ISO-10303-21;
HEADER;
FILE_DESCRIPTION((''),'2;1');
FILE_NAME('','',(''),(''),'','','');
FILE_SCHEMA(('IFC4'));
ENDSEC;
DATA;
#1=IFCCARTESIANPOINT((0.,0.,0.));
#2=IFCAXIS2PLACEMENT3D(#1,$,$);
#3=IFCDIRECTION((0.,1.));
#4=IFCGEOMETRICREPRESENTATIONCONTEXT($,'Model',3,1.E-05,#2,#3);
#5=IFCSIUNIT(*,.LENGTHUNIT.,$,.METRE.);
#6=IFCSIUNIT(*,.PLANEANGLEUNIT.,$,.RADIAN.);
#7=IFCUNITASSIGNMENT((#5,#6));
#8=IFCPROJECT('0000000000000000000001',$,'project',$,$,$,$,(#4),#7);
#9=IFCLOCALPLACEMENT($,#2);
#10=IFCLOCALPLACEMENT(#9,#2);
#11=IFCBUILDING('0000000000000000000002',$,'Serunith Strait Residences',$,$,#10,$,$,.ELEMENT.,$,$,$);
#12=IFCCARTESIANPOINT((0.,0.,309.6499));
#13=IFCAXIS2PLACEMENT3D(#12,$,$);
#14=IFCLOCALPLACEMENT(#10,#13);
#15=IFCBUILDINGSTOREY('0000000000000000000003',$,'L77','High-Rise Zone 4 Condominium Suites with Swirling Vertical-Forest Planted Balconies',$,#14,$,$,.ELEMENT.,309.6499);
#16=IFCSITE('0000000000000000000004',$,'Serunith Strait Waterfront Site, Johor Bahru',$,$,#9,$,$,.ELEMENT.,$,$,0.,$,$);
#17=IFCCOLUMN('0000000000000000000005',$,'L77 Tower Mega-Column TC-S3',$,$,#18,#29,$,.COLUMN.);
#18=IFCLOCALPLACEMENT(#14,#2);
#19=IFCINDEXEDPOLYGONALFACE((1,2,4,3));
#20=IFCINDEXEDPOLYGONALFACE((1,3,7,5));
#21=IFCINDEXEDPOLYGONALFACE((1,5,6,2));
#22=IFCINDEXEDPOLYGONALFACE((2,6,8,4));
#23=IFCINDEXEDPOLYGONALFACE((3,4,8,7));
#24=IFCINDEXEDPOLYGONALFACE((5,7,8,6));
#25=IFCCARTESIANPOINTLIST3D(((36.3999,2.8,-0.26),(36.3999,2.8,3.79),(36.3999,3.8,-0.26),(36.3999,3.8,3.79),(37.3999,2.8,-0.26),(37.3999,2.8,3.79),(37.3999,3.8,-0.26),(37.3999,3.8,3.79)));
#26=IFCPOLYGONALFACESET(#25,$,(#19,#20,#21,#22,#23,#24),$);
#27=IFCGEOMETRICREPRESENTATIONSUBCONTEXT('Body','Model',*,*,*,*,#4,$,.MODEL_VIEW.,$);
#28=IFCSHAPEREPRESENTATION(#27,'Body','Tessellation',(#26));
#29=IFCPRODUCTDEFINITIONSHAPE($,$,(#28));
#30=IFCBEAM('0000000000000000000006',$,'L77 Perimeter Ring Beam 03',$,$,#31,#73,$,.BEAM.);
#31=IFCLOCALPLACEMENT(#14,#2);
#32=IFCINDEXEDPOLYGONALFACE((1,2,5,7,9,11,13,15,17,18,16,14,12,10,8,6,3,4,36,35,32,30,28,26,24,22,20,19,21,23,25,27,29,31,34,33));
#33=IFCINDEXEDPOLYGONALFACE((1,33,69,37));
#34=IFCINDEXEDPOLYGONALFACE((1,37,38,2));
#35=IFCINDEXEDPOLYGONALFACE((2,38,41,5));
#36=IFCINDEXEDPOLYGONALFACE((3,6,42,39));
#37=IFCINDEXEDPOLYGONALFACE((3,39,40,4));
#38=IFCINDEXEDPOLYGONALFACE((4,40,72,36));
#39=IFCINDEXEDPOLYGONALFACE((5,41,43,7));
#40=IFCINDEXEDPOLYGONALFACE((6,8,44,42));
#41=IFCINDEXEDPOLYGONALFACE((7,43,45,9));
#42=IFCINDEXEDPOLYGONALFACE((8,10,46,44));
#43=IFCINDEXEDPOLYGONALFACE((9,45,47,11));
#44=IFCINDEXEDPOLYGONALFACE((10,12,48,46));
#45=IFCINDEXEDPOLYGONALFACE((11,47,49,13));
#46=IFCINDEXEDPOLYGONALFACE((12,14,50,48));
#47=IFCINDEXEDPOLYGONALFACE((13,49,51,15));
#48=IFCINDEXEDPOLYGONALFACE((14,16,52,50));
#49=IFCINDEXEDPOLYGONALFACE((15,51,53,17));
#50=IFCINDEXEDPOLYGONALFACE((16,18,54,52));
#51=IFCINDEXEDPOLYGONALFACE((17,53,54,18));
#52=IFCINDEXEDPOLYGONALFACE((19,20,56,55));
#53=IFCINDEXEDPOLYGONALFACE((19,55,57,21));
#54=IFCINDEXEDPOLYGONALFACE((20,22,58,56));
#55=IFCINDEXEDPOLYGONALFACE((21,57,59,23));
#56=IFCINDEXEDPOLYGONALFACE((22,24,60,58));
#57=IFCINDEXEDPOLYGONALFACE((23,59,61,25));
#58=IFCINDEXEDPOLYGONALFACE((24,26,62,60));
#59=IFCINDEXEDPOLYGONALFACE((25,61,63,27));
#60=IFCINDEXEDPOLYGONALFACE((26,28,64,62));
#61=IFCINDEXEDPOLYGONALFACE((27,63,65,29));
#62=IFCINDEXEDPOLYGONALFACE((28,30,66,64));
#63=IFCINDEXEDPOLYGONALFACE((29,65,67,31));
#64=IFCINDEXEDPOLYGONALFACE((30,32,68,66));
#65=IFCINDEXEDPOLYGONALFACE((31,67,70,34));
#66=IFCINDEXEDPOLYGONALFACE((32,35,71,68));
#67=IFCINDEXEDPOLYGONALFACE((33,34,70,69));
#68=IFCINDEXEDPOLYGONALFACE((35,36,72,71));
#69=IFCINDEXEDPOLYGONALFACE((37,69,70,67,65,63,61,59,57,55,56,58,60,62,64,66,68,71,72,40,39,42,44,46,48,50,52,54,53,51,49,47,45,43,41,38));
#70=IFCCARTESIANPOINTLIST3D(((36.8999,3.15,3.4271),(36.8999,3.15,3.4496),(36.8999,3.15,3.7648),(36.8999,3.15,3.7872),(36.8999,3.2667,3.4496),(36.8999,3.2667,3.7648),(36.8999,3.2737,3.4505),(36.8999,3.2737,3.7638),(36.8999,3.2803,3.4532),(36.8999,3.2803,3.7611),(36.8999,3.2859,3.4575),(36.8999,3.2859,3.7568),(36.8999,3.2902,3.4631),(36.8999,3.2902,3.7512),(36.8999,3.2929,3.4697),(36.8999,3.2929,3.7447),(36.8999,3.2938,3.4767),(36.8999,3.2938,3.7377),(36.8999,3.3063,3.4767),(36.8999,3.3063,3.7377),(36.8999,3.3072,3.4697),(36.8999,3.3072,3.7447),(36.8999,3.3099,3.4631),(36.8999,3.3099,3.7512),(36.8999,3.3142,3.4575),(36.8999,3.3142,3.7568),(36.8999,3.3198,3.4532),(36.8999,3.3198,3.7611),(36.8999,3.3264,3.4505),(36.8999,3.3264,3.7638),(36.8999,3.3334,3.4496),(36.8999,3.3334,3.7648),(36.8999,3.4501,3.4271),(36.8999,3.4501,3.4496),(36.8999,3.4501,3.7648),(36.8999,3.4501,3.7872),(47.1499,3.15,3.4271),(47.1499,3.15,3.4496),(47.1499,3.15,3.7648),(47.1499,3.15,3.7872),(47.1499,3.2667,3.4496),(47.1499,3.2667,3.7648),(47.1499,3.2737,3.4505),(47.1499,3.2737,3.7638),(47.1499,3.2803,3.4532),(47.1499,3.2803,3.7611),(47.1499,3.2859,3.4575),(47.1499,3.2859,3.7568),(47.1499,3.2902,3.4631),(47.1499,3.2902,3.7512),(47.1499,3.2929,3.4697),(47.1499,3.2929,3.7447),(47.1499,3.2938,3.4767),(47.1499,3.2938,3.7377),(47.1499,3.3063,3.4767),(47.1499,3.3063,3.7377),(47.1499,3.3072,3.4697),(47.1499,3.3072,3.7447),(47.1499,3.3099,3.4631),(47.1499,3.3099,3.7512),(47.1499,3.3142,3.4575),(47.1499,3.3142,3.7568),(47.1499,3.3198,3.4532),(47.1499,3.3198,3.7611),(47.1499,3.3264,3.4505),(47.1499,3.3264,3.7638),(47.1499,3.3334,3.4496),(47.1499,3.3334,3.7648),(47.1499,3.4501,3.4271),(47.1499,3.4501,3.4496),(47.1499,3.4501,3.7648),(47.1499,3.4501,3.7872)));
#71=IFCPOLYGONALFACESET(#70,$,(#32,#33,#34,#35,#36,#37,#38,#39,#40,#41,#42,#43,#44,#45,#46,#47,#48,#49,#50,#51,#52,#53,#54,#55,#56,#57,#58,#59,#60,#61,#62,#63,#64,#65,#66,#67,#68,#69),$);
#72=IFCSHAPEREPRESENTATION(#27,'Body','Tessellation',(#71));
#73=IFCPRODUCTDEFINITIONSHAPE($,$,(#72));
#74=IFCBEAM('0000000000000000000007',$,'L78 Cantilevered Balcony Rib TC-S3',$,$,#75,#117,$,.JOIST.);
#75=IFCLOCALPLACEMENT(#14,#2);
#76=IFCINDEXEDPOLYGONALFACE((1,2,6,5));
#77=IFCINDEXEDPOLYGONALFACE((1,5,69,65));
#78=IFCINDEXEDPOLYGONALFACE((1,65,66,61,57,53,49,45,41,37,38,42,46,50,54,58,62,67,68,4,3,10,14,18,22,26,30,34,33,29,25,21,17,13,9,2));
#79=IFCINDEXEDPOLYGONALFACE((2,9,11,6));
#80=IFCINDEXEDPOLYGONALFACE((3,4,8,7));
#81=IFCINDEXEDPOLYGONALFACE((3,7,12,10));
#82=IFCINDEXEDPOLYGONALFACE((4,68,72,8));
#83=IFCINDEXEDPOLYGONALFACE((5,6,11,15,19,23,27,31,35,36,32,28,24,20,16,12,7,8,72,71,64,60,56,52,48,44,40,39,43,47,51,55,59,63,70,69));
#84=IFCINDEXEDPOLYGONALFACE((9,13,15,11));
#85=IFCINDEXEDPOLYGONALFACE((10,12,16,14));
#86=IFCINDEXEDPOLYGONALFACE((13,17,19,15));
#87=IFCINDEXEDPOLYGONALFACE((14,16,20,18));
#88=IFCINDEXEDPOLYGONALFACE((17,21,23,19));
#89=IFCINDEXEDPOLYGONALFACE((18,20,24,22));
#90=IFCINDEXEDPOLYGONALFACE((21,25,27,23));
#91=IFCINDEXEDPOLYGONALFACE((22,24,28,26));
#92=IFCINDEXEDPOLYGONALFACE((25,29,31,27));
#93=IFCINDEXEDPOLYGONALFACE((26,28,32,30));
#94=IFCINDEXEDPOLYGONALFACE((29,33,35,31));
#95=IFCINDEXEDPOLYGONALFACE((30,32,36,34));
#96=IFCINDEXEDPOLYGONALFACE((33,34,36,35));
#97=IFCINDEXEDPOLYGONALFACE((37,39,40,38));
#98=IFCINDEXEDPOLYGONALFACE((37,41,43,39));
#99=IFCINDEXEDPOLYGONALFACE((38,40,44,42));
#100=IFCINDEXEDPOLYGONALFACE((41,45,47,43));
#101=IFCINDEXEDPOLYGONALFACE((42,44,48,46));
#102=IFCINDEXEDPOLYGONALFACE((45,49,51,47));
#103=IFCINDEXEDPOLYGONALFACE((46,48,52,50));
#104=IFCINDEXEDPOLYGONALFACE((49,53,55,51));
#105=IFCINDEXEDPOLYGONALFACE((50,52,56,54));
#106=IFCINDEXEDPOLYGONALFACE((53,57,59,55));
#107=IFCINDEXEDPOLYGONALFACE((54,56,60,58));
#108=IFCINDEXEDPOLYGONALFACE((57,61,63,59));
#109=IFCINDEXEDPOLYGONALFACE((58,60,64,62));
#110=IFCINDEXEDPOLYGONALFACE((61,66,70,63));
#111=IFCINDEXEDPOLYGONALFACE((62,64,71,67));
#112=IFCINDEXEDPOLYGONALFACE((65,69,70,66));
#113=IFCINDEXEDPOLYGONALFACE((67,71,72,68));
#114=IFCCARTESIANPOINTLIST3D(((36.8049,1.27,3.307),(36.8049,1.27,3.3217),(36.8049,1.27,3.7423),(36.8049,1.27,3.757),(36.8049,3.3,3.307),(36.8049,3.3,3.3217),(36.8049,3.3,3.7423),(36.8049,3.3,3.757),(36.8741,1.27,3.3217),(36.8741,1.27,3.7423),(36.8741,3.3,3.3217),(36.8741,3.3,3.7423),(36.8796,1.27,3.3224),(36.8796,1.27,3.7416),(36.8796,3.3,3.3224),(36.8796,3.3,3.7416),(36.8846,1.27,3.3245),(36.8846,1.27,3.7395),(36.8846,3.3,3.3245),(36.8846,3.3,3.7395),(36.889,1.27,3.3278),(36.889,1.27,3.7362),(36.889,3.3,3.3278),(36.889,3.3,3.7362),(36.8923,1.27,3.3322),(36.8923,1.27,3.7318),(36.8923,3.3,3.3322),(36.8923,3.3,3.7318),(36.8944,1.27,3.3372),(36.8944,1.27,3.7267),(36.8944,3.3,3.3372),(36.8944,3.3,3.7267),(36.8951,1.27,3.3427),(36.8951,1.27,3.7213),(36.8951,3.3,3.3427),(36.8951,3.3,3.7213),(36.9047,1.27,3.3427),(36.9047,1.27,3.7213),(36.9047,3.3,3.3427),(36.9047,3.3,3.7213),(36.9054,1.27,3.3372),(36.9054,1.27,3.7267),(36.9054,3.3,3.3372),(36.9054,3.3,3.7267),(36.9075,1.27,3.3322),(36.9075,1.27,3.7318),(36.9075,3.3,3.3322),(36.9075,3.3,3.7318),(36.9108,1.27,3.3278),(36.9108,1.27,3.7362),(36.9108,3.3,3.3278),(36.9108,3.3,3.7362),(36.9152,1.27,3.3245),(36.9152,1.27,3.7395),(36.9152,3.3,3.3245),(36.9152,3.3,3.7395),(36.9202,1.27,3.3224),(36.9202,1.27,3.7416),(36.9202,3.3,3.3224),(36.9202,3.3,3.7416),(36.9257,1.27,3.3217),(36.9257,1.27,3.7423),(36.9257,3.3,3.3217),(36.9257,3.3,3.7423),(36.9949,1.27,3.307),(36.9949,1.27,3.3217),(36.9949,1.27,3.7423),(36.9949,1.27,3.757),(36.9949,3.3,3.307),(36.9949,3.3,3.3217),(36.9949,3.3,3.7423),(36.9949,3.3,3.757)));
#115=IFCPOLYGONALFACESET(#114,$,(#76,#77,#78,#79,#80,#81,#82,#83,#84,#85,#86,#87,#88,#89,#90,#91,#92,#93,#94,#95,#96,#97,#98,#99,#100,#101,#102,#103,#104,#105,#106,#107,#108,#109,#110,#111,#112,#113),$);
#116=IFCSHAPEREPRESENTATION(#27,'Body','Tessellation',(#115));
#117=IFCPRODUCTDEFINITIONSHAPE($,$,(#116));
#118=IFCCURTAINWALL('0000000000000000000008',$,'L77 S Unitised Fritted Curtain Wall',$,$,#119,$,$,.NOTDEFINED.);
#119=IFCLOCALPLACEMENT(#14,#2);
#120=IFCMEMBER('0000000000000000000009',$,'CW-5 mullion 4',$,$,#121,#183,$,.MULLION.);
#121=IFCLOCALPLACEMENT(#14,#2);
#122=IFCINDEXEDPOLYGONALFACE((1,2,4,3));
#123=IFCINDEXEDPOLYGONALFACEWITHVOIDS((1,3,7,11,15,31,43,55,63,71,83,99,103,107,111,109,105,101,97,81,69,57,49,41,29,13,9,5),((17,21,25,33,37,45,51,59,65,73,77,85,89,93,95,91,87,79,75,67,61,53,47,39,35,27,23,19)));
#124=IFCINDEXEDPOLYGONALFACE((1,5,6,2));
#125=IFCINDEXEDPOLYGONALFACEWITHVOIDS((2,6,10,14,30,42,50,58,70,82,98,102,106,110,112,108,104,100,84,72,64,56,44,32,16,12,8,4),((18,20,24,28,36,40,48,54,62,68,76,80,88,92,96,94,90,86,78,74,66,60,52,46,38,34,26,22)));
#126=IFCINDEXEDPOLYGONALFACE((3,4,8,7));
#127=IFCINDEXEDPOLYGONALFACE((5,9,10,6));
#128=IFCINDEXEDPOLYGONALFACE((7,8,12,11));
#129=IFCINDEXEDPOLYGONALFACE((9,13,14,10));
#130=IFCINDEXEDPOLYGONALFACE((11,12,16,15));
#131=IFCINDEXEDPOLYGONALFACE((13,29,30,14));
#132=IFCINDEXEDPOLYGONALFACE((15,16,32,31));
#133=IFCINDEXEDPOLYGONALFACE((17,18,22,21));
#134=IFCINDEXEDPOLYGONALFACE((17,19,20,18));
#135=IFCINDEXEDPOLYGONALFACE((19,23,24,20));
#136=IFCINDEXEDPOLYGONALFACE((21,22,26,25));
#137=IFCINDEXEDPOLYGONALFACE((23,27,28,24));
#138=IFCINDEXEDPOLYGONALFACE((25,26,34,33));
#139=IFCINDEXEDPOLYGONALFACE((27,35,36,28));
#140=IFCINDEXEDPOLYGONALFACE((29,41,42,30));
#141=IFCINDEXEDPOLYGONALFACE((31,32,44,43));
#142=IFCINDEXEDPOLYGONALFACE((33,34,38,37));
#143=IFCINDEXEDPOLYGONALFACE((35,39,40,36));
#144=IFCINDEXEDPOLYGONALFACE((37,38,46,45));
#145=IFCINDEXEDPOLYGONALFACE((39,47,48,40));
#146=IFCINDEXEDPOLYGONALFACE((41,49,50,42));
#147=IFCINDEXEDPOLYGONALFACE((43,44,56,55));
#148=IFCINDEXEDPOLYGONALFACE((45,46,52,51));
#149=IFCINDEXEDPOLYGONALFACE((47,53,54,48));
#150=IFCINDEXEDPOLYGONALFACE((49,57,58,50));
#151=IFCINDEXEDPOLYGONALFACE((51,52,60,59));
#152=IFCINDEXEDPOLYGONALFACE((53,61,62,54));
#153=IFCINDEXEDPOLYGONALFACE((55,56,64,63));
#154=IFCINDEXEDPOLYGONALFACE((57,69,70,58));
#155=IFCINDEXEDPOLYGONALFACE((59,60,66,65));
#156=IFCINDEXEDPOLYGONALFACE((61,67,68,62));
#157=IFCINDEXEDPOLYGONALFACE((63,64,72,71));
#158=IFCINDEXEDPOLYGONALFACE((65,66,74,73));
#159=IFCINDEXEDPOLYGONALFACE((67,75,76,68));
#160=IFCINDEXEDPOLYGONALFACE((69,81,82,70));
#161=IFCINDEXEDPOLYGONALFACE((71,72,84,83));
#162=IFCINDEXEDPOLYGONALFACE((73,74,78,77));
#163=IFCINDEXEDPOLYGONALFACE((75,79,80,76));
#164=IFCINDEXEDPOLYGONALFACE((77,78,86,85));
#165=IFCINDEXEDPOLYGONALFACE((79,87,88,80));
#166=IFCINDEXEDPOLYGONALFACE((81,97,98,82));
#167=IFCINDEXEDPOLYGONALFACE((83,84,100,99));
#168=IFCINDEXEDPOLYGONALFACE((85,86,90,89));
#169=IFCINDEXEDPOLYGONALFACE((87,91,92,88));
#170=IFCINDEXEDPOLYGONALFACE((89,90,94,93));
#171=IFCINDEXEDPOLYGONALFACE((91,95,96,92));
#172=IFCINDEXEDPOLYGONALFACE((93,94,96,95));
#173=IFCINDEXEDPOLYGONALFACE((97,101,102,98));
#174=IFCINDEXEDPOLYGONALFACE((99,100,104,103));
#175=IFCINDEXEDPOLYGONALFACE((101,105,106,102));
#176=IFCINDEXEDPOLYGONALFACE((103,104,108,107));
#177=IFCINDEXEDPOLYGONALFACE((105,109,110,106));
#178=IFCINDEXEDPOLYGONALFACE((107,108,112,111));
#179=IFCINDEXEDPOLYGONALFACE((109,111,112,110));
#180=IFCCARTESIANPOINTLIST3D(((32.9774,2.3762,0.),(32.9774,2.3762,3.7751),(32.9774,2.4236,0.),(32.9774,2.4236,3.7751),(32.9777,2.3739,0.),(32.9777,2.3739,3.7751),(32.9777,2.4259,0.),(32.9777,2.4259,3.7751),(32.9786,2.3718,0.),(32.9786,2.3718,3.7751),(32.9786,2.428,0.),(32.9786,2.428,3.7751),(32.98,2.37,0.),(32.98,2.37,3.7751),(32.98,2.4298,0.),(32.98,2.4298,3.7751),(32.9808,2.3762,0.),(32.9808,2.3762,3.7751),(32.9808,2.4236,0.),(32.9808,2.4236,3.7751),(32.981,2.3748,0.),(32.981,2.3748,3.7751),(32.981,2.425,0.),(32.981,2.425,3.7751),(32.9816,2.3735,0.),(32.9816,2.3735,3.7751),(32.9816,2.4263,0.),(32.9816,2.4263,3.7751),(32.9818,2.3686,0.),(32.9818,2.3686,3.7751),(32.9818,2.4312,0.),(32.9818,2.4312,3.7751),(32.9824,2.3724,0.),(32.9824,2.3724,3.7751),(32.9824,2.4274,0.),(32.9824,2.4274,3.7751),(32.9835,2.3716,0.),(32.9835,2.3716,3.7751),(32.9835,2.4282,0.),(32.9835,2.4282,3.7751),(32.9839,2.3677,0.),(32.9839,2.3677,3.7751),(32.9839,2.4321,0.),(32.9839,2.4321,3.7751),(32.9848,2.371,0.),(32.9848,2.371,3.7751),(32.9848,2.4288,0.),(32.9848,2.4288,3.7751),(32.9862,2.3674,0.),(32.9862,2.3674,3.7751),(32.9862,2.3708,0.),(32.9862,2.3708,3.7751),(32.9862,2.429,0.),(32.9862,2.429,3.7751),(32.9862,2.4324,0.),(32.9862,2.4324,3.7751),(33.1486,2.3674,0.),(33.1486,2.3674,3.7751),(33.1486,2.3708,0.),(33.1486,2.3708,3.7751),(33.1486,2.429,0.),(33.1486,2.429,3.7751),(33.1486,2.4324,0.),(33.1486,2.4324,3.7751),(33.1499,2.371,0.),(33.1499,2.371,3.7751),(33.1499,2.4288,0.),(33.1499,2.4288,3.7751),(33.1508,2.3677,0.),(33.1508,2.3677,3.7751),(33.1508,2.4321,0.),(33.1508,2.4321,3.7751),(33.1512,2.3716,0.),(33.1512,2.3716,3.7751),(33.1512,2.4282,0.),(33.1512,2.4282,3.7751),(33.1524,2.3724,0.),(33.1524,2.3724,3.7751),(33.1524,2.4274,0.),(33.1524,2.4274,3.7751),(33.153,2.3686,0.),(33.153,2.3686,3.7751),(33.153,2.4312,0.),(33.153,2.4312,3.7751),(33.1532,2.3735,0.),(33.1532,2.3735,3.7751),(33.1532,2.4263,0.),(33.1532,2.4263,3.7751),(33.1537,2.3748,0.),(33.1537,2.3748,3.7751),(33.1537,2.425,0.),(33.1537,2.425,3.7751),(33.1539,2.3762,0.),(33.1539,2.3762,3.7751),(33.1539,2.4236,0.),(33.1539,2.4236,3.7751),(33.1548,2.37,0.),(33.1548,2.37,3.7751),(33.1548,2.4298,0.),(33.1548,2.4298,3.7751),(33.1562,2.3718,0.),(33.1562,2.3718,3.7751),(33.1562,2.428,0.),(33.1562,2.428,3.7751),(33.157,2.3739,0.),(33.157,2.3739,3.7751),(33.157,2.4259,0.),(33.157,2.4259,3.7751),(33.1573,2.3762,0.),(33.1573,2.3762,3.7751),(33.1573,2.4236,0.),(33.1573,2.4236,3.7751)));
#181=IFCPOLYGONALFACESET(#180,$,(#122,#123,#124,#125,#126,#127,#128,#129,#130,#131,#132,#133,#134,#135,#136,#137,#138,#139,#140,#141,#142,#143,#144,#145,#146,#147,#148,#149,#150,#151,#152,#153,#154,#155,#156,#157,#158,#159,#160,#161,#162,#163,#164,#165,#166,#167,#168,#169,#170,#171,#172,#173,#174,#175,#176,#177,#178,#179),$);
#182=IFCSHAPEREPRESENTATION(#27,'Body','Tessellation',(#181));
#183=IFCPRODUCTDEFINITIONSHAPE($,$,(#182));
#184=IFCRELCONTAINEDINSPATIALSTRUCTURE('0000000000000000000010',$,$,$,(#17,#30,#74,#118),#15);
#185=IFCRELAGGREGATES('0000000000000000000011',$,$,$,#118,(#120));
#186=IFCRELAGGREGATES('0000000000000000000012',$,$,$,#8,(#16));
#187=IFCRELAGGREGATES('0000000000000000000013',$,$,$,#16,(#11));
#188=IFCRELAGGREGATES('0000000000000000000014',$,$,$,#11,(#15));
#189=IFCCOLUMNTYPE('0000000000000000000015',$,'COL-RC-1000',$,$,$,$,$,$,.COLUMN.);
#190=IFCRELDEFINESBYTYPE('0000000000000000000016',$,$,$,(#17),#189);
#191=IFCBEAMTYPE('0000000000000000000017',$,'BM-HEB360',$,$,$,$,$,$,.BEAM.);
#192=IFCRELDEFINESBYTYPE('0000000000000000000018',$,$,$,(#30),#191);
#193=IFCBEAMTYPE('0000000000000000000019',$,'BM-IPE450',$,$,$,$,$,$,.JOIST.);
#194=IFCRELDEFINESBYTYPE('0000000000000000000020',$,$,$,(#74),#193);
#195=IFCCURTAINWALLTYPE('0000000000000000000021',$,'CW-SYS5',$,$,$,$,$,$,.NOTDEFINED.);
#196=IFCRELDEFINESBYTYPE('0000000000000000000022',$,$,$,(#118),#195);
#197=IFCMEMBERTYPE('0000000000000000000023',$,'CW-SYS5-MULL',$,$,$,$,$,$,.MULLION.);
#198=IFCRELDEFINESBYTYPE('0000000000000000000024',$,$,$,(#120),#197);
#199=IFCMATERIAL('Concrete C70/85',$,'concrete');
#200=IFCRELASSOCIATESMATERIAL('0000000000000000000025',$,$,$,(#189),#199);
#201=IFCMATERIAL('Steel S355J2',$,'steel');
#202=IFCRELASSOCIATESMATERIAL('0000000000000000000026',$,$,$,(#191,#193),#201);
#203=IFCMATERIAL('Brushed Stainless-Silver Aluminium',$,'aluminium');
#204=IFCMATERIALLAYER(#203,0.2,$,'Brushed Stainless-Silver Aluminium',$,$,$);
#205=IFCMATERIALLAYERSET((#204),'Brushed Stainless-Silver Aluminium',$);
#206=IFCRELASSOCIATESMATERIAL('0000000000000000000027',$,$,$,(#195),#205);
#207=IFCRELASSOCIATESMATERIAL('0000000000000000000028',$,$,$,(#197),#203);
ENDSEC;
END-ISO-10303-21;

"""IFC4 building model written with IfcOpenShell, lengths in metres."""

from ifc_helpers import new_model, si_unit, direction, frame, origin, origin_2d, place, context, subcontext, project, spatial, rectangle, hollow_rectangle, i_section, extrude, source, transform, mapped, material, layer, layer_set, material_profile, profile_set, type_object, element, aggregate, save


model = new_model("IFC4")

# Units and contexts
model_context = context("Model", 3, precision=1e-05, world=origin(), true_north=direction((0.0, 1.0)))
body_context = subcontext(model_context, "Body", "Model", "MODEL_VIEW")
ifc_project = project(units=[si_unit("LENGTHUNIT", "METRE"), si_unit("PLANEANGLEUNIT", "RADIAN")], contexts=[model_context])

# Site, building, storey
site_placement = place(None, origin())
site = spatial("IfcSite", under=ifc_project, at=site_placement, Name="Serunith Strait Waterfront Site, Johor Bahru", CompositionType="ELEMENT", RefElevation=0.0)
building_placement = place(site_placement, origin())
building = spatial("IfcBuilding", under=site, at=building_placement, Name="Serunith Strait Residences", CompositionType="ELEMENT")
storey_placement = place(building_placement, frame((0.0, 0.0, 309.6499)))
storey = spatial("IfcBuildingStorey", under=building, at=storey_placement, Name="L77", Description="High-Rise Zone 4 Condominium Suites with Swirling Vertical-Forest Planted Balconies", CompositionType="ELEMENT", Elevation=309.6499)

# Column
ifc_material_1 = material(Name="Concrete C70/85", Category="concrete")
ifc_material_profile_1 = material_profile(ifc_material_1, rectangle(XDim=1.0, YDim=1.0, at=origin_2d()), Name="RC 1000x1000")
ifc_profile_set_1 = profile_set([ifc_material_profile_1], Name="Concrete C70/85")
column_type = type_object("IfcColumnType", Name="COL-RC-1000", PredefinedType="COLUMN", material=ifc_profile_set_1)
shared_shape_1 = source(origin(), body_context, "Body", "SweptSolid", [
    extrude(rectangle(XDim=1.0, YDim=1.0, at=origin_2d()), origin(), (0.0, 0.0, 1.0), 4.05),
])
column_placement = place(storey_placement, frame((36.8999, 3.3, -0.26), z_axis=(0.0, 0.0, 1.0), x_axis=(1.0, 0.0, 0.0)))
element("IfcColumn", 1, at=column_placement, inside=storey, type_object=column_type, Name="L77 Tower Mega-Column TC-S3", PredefinedType="COLUMN", context=body_context, shape_type="MappedRepresentation", body=[
    mapped(shared_shape_1, transform((0.0, 0.0, 0.0), scale=1.0)),
])

# Beams
ifc_material_2 = material(Name="Steel S355J2", Category="steel")
ifc_material_profile_2 = material_profile(ifc_material_2, i_section(OverallWidth=0.3, OverallDepth=0.3601, WebThickness=0.0125, FlangeThickness=0.0225, FilletRadius=0.0271, at=origin_2d()), Name="HEB 360")
ifc_profile_set_2 = profile_set([ifc_material_profile_2], Name="Steel S355J2")
beam_type_1 = type_object("IfcBeamType", Name="BM-HEB360", PredefinedType="BEAM", material=ifc_profile_set_2)
shared_shape_2 = source(origin(), body_context, "Body", "SweptSolid", [
    extrude(i_section(OverallWidth=0.3, OverallDepth=0.3601, WebThickness=0.0125, FlangeThickness=0.0225, FilletRadius=0.0271, at=origin_2d()), origin(), (0.0, 0.0, 1.0), 10.25),
])
beam_1_placement = place(storey_placement, frame((36.8999, 3.3, 3.6072), z_axis=(1.0, 0.0, 0.0), x_axis=(0.0, 1.0, 0.0)))
element("IfcBeam", 2, at=beam_1_placement, inside=storey, type_object=beam_type_1, Name="L77 Perimeter Ring Beam 03", PredefinedType="BEAM", context=body_context, shape_type="MappedRepresentation", body=[
    mapped(shared_shape_2, transform((0.0, 0.0, 0.0), scale=1.0)),
])
ifc_material_profile_3 = material_profile(ifc_material_2, i_section(OverallWidth=0.1899, OverallDepth=0.45, WebThickness=0.0095, FlangeThickness=0.0146, FilletRadius=0.021, at=origin_2d()), Name="IPE 450")
ifc_profile_set_3 = profile_set([ifc_material_profile_3], Name="Steel S355J2")
beam_type_2 = type_object("IfcBeamType", Name="BM-IPE450", PredefinedType="JOIST", material=ifc_profile_set_3)
shared_shape_3 = source(origin(), body_context, "Body", "SweptSolid", [
    extrude(i_section(OverallWidth=0.1899, OverallDepth=0.45, WebThickness=0.0095, FlangeThickness=0.0146, FilletRadius=0.021, at=origin_2d()), origin(), (0.0, 0.0, 1.0), 2.03),
])
beam_2_placement = place(storey_placement, frame((36.8999, 3.3, 3.532), z_axis=(0.0, -1.0, 0.0), x_axis=(1.0, 0.0, 0.0)))
element("IfcBeam", 3, at=beam_2_placement, inside=storey, type_object=beam_type_2, Name="L78 Cantilevered Balcony Rib TC-S3", PredefinedType="JOIST", context=body_context, shape_type="MappedRepresentation", body=[
    mapped(shared_shape_3, transform((0.0, 0.0, 0.0), scale=1.0)),
])

# Curtain wall, member
ifc_material_3 = material(Name="Brushed Stainless-Silver Aluminium", Category="aluminium")
ifc_layer_1 = layer(ifc_material_3, 0.2, Name="Brushed Stainless-Silver Aluminium")
ifc_layer_set_1 = layer_set([ifc_layer_1], Name="Brushed Stainless-Silver Aluminium")
curtain_wall_type = type_object("IfcCurtainWallType", Name="CW-SYS5", PredefinedType="NOTDEFINED", material=ifc_layer_set_1)
curtain_wall_1_placement = place(storey_placement, origin())
curtain_wall_1 = element("IfcCurtainWall", 4, at=curtain_wall_1_placement, inside=storey, type_object=curtain_wall_type, Name="L77 S Unitised Fritted Curtain Wall", PredefinedType="NOTDEFINED")
ifc_material_profile_4 = material_profile(ifc_material_3, hollow_rectangle(XDim=0.0649, YDim=0.1799, WallThickness=0.0034, InnerFilletRadius=0.0054, OuterFilletRadius=0.0088, at=origin_2d()), Name="ALU 180x65x3.5")
ifc_profile_set_4 = profile_set([ifc_material_profile_4], Name="Brushed Stainless-Silver Aluminium")
member_type_1 = type_object("IfcMemberType", Name="CW-SYS5-MULL", PredefinedType="MULLION", material=ifc_profile_set_4)
shared_shape_4 = source(origin(), body_context, "Body", "SweptSolid", [
    extrude(hollow_rectangle(XDim=0.0649, YDim=0.1799, WallThickness=0.0034, InnerFilletRadius=0.0054, OuterFilletRadius=0.0088, at=origin_2d()), origin(), (0.0, 0.0, 1.0), 3.7751),
])
member_1_placement = place(storey_placement, frame((33.0674, 2.3999, 0.0), z_axis=(0.0, 0.0, 1.0), x_axis=(0.0, 1.0, 0.0)))
member_1 = element("IfcMember", 5, at=member_1_placement, type_object=member_type_1, Name="CW-5 mullion 4", PredefinedType="MULLION", context=body_context, shape_type="MappedRepresentation", body=[
    mapped(shared_shape_4, transform((0.0, 0.0, 0.0), scale=1.0)),
])

aggregate(curtain_wall_1, [member_1])

save(model, "model.ifc")
